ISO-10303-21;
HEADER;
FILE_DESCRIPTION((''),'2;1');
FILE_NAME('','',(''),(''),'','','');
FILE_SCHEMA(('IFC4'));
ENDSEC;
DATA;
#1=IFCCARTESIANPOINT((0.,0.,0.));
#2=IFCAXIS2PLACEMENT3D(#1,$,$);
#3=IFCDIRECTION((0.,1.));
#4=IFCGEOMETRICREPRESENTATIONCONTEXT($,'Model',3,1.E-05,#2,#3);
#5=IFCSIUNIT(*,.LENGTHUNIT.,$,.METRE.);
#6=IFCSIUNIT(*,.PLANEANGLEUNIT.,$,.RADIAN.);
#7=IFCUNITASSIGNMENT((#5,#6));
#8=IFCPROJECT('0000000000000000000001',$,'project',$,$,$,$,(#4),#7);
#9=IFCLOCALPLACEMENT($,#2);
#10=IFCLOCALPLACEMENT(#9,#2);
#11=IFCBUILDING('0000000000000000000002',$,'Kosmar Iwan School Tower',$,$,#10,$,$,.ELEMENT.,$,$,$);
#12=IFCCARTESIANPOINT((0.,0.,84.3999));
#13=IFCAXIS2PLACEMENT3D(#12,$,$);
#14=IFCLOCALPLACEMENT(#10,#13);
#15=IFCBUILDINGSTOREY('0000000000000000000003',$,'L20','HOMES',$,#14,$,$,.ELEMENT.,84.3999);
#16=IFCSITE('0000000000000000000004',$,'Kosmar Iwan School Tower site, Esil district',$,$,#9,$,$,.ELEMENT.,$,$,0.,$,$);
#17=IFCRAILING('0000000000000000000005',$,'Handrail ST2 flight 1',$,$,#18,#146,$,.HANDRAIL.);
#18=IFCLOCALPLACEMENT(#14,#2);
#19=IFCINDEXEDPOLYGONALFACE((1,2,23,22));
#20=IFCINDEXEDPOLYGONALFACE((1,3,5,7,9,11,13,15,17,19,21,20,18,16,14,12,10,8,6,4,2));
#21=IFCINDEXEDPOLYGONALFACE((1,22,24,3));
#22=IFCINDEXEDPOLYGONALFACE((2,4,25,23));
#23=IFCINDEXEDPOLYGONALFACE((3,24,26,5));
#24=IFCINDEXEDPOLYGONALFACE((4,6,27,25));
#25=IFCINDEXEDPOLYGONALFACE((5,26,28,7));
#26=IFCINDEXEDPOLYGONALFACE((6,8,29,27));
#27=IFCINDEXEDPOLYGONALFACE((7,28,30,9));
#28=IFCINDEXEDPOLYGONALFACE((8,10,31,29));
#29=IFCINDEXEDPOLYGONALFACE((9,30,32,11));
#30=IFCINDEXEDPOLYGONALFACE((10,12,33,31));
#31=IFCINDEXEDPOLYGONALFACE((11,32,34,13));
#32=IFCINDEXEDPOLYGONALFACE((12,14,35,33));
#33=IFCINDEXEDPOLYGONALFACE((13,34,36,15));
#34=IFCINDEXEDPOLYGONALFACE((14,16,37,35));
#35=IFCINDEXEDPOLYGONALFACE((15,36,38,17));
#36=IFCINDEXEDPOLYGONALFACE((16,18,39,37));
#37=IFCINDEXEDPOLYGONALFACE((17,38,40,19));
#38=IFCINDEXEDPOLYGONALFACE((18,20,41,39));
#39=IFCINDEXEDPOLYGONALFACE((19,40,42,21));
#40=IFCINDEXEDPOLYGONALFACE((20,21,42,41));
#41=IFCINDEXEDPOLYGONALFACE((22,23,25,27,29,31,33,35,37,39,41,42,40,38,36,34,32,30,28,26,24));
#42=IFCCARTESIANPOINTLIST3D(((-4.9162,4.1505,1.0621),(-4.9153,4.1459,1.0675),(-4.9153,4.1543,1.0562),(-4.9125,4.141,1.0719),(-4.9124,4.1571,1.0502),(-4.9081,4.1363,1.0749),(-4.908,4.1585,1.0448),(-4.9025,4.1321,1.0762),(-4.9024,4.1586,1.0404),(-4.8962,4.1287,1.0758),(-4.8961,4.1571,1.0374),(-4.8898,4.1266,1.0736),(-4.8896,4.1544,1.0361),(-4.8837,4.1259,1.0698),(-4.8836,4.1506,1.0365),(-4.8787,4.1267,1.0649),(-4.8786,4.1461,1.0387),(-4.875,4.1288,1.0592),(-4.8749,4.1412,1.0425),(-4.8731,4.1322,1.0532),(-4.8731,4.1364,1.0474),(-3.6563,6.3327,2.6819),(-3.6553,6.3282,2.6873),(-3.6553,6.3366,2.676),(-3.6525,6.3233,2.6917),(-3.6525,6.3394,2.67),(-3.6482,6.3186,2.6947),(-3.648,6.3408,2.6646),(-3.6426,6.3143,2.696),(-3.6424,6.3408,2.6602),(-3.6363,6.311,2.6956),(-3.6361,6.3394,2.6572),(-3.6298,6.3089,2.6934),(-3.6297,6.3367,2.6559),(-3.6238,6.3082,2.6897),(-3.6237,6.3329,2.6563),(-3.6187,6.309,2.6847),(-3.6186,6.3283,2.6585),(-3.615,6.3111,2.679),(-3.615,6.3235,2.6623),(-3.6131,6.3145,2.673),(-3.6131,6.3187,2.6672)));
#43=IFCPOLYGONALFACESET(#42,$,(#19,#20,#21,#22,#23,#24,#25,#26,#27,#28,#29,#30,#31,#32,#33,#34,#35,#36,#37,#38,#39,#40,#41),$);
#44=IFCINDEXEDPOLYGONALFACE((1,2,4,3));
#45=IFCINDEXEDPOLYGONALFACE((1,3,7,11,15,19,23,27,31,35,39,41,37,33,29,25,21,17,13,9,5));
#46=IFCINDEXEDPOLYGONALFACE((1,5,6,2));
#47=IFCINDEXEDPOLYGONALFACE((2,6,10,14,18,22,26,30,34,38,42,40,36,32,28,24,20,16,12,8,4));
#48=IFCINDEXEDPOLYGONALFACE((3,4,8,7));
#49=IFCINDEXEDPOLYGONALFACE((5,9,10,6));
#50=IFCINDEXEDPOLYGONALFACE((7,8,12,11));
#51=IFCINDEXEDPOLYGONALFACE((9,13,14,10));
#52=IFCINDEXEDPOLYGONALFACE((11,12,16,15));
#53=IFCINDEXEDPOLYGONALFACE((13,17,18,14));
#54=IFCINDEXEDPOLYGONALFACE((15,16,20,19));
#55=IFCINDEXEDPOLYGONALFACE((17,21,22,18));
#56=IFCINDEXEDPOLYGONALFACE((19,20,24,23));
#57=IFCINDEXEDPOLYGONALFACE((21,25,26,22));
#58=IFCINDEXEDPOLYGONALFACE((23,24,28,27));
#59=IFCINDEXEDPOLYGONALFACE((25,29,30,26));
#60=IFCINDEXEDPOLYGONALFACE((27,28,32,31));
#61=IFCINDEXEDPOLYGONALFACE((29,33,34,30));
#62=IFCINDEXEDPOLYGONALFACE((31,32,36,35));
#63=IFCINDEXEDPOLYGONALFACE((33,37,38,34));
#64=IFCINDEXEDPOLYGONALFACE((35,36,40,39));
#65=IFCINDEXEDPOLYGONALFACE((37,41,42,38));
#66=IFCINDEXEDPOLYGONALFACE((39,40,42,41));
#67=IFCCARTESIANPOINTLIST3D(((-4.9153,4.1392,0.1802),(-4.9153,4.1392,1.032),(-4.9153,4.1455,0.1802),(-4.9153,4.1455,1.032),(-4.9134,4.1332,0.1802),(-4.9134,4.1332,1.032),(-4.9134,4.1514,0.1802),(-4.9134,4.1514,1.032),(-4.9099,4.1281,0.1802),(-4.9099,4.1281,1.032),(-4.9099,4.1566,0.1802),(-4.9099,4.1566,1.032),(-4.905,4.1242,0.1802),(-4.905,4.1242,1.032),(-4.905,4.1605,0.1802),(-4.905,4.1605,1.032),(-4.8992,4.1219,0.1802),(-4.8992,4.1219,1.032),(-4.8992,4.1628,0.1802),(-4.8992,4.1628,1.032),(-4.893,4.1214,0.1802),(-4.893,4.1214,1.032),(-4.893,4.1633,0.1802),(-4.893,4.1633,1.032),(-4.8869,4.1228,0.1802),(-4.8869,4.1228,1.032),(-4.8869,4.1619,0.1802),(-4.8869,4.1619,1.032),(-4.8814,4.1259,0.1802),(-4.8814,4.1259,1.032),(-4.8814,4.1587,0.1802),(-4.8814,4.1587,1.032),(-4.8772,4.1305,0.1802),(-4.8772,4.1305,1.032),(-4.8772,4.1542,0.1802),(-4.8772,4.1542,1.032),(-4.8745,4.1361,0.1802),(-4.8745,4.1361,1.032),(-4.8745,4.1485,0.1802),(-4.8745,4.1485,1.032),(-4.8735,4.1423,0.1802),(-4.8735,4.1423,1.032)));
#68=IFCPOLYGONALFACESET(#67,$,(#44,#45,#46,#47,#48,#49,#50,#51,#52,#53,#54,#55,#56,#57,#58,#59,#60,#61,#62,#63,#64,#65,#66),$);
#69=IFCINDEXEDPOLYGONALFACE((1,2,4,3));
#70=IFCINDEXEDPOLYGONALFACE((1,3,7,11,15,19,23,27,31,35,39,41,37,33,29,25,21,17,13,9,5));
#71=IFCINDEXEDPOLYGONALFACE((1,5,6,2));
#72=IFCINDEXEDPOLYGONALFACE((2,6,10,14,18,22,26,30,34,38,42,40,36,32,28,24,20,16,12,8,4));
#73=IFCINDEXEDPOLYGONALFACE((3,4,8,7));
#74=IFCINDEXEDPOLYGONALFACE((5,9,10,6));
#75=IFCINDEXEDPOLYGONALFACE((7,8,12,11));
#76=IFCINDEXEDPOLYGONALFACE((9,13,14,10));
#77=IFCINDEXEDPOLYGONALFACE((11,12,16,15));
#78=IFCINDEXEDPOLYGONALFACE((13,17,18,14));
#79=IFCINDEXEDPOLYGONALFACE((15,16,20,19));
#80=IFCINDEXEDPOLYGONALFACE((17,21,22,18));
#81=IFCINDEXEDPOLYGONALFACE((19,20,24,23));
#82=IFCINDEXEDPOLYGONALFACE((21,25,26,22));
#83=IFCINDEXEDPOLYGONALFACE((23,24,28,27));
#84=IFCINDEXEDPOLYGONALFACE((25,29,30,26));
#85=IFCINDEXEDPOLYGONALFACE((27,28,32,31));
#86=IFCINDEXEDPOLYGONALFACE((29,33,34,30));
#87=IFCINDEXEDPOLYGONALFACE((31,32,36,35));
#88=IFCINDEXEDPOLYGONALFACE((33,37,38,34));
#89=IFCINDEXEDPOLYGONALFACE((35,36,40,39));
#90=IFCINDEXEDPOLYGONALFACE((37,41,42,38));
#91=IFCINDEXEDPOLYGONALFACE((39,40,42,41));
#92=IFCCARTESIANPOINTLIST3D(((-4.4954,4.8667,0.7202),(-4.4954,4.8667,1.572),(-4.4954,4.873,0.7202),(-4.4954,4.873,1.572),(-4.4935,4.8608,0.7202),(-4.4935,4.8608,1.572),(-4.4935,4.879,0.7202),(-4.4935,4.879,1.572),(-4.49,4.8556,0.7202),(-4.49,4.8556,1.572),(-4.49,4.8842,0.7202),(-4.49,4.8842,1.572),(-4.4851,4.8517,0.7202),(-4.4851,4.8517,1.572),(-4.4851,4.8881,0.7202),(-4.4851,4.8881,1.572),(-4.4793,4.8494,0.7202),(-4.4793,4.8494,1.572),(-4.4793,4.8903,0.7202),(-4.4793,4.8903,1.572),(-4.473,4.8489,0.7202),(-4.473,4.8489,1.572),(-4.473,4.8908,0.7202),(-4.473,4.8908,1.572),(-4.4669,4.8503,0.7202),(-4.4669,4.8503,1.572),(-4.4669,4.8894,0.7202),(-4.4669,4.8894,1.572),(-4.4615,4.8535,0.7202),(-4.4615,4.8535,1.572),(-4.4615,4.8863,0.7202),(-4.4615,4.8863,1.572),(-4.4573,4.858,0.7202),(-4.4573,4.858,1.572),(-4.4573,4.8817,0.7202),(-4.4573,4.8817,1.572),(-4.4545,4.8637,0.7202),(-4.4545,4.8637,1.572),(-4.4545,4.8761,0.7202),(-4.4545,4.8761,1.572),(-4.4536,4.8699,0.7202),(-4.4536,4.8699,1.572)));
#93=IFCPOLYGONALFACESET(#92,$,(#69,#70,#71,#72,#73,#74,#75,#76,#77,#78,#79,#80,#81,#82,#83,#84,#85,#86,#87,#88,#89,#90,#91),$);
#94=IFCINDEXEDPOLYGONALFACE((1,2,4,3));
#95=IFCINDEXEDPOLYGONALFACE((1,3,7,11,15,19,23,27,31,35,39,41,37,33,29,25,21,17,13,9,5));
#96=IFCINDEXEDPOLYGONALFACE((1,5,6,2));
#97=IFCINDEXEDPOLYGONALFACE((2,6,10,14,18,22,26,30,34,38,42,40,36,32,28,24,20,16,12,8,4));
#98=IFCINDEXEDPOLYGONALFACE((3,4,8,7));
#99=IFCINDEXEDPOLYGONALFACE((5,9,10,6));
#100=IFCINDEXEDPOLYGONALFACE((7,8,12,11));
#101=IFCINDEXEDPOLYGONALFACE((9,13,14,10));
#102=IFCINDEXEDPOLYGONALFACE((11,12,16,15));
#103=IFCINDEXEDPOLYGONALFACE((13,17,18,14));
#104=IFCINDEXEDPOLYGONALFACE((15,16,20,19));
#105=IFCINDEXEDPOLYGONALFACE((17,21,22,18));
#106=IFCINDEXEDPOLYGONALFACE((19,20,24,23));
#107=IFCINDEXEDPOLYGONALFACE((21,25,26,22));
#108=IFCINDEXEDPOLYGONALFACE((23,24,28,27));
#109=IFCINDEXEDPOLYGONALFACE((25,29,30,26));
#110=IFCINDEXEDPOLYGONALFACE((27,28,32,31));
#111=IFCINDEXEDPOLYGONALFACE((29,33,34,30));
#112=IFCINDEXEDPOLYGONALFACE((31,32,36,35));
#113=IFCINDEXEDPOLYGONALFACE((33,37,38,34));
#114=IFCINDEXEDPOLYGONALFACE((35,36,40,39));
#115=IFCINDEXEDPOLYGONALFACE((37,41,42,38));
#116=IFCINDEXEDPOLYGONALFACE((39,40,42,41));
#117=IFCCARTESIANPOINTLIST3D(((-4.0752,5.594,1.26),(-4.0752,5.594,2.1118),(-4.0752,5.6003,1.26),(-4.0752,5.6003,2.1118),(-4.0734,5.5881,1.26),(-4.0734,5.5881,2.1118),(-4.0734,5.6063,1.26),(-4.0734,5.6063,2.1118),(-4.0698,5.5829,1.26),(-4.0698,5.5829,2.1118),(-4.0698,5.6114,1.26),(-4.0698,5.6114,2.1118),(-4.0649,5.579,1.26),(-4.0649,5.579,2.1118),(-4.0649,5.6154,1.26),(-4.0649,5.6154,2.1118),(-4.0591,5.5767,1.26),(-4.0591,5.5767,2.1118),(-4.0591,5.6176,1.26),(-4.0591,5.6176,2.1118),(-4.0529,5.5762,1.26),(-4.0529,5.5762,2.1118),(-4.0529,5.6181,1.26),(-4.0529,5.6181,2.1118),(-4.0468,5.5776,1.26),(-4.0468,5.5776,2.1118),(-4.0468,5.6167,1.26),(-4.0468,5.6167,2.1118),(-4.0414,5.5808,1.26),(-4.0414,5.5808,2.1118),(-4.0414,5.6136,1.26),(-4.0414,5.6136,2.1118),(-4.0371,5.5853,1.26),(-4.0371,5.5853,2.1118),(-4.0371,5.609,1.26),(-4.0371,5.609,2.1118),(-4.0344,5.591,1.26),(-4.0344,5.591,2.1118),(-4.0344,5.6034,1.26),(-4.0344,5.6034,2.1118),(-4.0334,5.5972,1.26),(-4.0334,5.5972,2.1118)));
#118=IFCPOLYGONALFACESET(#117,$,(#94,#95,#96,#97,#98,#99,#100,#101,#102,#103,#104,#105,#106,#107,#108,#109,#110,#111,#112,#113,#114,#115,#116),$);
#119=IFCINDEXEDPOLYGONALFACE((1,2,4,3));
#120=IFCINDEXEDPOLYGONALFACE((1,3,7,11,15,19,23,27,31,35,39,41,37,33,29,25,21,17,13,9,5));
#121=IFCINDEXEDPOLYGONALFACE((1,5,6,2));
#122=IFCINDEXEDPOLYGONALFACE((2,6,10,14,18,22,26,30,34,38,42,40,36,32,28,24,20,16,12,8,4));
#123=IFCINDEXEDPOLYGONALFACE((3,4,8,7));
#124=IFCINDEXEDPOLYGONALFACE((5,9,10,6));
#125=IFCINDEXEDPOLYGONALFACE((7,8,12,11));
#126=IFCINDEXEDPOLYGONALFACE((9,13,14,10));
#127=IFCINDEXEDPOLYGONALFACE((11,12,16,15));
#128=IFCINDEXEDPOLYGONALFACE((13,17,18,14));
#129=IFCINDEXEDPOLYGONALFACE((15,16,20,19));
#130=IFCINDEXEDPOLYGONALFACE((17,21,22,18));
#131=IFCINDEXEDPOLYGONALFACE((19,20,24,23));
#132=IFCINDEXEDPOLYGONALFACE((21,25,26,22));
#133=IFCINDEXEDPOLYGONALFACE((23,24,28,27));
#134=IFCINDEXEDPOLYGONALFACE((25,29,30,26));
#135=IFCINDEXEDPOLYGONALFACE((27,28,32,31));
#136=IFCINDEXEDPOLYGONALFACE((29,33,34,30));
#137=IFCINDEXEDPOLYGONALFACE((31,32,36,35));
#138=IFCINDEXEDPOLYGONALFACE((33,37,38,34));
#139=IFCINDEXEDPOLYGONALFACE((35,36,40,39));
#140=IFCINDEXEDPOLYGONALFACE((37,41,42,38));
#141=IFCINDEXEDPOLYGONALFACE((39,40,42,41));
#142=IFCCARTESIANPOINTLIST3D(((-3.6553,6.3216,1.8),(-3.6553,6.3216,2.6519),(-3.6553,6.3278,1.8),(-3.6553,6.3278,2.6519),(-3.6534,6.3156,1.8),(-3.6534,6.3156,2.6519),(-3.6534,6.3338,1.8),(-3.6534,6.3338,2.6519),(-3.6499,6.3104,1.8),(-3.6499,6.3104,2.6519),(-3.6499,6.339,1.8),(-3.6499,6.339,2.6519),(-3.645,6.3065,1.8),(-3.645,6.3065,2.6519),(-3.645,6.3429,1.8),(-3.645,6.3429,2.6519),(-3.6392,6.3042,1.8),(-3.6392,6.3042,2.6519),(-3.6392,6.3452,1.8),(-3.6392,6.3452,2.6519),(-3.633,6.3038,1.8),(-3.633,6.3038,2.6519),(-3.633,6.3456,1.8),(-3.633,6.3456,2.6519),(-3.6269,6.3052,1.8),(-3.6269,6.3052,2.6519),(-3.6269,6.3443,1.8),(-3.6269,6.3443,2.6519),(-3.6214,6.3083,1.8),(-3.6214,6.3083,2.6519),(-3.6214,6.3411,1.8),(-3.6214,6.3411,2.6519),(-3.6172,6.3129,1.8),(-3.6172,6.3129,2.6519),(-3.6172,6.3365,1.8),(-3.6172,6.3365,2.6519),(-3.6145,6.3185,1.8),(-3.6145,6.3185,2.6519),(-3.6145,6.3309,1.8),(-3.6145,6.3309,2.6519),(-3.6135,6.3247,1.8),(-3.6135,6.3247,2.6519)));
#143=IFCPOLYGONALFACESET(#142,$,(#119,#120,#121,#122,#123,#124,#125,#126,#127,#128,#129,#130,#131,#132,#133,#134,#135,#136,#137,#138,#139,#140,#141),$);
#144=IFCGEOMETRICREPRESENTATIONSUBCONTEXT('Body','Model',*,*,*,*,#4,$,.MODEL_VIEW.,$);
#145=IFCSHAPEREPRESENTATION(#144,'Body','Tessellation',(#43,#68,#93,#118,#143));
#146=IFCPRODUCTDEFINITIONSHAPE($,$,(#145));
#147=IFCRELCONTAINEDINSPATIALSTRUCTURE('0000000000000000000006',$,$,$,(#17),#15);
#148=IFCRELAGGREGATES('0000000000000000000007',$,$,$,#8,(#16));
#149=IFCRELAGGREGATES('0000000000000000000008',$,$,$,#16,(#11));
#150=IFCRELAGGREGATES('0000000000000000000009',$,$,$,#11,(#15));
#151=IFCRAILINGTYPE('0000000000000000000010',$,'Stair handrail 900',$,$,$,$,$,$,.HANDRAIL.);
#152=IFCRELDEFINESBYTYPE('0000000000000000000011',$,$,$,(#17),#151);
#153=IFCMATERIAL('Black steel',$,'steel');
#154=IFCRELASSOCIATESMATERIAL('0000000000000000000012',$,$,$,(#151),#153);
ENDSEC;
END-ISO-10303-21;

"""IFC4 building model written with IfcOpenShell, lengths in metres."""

from ifc_helpers import new_model, si_unit, direction, frame, origin, origin_2d, place, context, subcontext, project, spatial, circle, extrude, material, type_object, element, save


model = new_model("IFC4")

# Units and contexts
model_context = context("Model", 3, precision=1e-05, world=origin(), true_north=direction((0.0, 1.0)))
body_context = subcontext(model_context, "Body", "Model", "MODEL_VIEW")
ifc_project = project(units=[si_unit("LENGTHUNIT", "METRE"), si_unit("PLANEANGLEUNIT", "RADIAN")], contexts=[model_context])

# Site, building, storey
site_placement = place(None, origin())
site = spatial("IfcSite", under=ifc_project, at=site_placement, Name="Kosmar Iwan School Tower site, Esil district", CompositionType="ELEMENT", RefElevation=0.0)
building_placement = place(site_placement, origin())
building = spatial("IfcBuilding", under=site, at=building_placement, Name="Kosmar Iwan School Tower", CompositionType="ELEMENT")
storey_placement = place(building_placement, frame((0.0, 0.0, 84.3999)))
storey = spatial("IfcBuildingStorey", under=building, at=storey_placement, Name="L20", Description="HOMES", CompositionType="ELEMENT", Elevation=84.3999)

# Railing
ifc_material_1 = material(Name="Black steel", Category="steel")
railing_type = type_object("IfcRailingType", Name="Stair handrail 900", PredefinedType="HANDRAIL", material=ifc_material_1)
railing_1_placement = place(storey_placement, frame((-4.8945, 4.1423, 0.1802)))
element("IfcRailing", 1, at=railing_1_placement, inside=storey, type_object=railing_type, Name="Handrail ST2 flight 1", PredefinedType="HANDRAIL", context=body_context, shape_type="SweptSolid", body=[
    extrude(circle(Radius=0.0239, at=origin_2d()), frame((0.0, 0.0, 0.876), z_axis=(0.420603, 0.728496, 0.540728), x_axis=(-0.866023, 0.500005, 0.0)), (0.0, 0.0, 1.0), 2.9956),
    extrude(circle(Radius=0.021, at=origin_2d()), origin(), (0.0, 0.0, 1.0), 0.8518),
    extrude(circle(Radius=0.021, at=origin_2d()), frame((0.4199, 0.7275, 0.54)), (0.0, 0.0, 1.0), 0.8518),
    extrude(circle(Radius=0.021, at=origin_2d()), frame((0.8401, 1.4548, 1.0798)), (0.0, 0.0, 1.0), 0.8518),
    extrude(circle(Radius=0.021, at=origin_2d()), frame((1.26, 2.1824, 1.6199)), (0.0, 0.0, 1.0), 0.8518),
])

save(model, "model.ifc")
